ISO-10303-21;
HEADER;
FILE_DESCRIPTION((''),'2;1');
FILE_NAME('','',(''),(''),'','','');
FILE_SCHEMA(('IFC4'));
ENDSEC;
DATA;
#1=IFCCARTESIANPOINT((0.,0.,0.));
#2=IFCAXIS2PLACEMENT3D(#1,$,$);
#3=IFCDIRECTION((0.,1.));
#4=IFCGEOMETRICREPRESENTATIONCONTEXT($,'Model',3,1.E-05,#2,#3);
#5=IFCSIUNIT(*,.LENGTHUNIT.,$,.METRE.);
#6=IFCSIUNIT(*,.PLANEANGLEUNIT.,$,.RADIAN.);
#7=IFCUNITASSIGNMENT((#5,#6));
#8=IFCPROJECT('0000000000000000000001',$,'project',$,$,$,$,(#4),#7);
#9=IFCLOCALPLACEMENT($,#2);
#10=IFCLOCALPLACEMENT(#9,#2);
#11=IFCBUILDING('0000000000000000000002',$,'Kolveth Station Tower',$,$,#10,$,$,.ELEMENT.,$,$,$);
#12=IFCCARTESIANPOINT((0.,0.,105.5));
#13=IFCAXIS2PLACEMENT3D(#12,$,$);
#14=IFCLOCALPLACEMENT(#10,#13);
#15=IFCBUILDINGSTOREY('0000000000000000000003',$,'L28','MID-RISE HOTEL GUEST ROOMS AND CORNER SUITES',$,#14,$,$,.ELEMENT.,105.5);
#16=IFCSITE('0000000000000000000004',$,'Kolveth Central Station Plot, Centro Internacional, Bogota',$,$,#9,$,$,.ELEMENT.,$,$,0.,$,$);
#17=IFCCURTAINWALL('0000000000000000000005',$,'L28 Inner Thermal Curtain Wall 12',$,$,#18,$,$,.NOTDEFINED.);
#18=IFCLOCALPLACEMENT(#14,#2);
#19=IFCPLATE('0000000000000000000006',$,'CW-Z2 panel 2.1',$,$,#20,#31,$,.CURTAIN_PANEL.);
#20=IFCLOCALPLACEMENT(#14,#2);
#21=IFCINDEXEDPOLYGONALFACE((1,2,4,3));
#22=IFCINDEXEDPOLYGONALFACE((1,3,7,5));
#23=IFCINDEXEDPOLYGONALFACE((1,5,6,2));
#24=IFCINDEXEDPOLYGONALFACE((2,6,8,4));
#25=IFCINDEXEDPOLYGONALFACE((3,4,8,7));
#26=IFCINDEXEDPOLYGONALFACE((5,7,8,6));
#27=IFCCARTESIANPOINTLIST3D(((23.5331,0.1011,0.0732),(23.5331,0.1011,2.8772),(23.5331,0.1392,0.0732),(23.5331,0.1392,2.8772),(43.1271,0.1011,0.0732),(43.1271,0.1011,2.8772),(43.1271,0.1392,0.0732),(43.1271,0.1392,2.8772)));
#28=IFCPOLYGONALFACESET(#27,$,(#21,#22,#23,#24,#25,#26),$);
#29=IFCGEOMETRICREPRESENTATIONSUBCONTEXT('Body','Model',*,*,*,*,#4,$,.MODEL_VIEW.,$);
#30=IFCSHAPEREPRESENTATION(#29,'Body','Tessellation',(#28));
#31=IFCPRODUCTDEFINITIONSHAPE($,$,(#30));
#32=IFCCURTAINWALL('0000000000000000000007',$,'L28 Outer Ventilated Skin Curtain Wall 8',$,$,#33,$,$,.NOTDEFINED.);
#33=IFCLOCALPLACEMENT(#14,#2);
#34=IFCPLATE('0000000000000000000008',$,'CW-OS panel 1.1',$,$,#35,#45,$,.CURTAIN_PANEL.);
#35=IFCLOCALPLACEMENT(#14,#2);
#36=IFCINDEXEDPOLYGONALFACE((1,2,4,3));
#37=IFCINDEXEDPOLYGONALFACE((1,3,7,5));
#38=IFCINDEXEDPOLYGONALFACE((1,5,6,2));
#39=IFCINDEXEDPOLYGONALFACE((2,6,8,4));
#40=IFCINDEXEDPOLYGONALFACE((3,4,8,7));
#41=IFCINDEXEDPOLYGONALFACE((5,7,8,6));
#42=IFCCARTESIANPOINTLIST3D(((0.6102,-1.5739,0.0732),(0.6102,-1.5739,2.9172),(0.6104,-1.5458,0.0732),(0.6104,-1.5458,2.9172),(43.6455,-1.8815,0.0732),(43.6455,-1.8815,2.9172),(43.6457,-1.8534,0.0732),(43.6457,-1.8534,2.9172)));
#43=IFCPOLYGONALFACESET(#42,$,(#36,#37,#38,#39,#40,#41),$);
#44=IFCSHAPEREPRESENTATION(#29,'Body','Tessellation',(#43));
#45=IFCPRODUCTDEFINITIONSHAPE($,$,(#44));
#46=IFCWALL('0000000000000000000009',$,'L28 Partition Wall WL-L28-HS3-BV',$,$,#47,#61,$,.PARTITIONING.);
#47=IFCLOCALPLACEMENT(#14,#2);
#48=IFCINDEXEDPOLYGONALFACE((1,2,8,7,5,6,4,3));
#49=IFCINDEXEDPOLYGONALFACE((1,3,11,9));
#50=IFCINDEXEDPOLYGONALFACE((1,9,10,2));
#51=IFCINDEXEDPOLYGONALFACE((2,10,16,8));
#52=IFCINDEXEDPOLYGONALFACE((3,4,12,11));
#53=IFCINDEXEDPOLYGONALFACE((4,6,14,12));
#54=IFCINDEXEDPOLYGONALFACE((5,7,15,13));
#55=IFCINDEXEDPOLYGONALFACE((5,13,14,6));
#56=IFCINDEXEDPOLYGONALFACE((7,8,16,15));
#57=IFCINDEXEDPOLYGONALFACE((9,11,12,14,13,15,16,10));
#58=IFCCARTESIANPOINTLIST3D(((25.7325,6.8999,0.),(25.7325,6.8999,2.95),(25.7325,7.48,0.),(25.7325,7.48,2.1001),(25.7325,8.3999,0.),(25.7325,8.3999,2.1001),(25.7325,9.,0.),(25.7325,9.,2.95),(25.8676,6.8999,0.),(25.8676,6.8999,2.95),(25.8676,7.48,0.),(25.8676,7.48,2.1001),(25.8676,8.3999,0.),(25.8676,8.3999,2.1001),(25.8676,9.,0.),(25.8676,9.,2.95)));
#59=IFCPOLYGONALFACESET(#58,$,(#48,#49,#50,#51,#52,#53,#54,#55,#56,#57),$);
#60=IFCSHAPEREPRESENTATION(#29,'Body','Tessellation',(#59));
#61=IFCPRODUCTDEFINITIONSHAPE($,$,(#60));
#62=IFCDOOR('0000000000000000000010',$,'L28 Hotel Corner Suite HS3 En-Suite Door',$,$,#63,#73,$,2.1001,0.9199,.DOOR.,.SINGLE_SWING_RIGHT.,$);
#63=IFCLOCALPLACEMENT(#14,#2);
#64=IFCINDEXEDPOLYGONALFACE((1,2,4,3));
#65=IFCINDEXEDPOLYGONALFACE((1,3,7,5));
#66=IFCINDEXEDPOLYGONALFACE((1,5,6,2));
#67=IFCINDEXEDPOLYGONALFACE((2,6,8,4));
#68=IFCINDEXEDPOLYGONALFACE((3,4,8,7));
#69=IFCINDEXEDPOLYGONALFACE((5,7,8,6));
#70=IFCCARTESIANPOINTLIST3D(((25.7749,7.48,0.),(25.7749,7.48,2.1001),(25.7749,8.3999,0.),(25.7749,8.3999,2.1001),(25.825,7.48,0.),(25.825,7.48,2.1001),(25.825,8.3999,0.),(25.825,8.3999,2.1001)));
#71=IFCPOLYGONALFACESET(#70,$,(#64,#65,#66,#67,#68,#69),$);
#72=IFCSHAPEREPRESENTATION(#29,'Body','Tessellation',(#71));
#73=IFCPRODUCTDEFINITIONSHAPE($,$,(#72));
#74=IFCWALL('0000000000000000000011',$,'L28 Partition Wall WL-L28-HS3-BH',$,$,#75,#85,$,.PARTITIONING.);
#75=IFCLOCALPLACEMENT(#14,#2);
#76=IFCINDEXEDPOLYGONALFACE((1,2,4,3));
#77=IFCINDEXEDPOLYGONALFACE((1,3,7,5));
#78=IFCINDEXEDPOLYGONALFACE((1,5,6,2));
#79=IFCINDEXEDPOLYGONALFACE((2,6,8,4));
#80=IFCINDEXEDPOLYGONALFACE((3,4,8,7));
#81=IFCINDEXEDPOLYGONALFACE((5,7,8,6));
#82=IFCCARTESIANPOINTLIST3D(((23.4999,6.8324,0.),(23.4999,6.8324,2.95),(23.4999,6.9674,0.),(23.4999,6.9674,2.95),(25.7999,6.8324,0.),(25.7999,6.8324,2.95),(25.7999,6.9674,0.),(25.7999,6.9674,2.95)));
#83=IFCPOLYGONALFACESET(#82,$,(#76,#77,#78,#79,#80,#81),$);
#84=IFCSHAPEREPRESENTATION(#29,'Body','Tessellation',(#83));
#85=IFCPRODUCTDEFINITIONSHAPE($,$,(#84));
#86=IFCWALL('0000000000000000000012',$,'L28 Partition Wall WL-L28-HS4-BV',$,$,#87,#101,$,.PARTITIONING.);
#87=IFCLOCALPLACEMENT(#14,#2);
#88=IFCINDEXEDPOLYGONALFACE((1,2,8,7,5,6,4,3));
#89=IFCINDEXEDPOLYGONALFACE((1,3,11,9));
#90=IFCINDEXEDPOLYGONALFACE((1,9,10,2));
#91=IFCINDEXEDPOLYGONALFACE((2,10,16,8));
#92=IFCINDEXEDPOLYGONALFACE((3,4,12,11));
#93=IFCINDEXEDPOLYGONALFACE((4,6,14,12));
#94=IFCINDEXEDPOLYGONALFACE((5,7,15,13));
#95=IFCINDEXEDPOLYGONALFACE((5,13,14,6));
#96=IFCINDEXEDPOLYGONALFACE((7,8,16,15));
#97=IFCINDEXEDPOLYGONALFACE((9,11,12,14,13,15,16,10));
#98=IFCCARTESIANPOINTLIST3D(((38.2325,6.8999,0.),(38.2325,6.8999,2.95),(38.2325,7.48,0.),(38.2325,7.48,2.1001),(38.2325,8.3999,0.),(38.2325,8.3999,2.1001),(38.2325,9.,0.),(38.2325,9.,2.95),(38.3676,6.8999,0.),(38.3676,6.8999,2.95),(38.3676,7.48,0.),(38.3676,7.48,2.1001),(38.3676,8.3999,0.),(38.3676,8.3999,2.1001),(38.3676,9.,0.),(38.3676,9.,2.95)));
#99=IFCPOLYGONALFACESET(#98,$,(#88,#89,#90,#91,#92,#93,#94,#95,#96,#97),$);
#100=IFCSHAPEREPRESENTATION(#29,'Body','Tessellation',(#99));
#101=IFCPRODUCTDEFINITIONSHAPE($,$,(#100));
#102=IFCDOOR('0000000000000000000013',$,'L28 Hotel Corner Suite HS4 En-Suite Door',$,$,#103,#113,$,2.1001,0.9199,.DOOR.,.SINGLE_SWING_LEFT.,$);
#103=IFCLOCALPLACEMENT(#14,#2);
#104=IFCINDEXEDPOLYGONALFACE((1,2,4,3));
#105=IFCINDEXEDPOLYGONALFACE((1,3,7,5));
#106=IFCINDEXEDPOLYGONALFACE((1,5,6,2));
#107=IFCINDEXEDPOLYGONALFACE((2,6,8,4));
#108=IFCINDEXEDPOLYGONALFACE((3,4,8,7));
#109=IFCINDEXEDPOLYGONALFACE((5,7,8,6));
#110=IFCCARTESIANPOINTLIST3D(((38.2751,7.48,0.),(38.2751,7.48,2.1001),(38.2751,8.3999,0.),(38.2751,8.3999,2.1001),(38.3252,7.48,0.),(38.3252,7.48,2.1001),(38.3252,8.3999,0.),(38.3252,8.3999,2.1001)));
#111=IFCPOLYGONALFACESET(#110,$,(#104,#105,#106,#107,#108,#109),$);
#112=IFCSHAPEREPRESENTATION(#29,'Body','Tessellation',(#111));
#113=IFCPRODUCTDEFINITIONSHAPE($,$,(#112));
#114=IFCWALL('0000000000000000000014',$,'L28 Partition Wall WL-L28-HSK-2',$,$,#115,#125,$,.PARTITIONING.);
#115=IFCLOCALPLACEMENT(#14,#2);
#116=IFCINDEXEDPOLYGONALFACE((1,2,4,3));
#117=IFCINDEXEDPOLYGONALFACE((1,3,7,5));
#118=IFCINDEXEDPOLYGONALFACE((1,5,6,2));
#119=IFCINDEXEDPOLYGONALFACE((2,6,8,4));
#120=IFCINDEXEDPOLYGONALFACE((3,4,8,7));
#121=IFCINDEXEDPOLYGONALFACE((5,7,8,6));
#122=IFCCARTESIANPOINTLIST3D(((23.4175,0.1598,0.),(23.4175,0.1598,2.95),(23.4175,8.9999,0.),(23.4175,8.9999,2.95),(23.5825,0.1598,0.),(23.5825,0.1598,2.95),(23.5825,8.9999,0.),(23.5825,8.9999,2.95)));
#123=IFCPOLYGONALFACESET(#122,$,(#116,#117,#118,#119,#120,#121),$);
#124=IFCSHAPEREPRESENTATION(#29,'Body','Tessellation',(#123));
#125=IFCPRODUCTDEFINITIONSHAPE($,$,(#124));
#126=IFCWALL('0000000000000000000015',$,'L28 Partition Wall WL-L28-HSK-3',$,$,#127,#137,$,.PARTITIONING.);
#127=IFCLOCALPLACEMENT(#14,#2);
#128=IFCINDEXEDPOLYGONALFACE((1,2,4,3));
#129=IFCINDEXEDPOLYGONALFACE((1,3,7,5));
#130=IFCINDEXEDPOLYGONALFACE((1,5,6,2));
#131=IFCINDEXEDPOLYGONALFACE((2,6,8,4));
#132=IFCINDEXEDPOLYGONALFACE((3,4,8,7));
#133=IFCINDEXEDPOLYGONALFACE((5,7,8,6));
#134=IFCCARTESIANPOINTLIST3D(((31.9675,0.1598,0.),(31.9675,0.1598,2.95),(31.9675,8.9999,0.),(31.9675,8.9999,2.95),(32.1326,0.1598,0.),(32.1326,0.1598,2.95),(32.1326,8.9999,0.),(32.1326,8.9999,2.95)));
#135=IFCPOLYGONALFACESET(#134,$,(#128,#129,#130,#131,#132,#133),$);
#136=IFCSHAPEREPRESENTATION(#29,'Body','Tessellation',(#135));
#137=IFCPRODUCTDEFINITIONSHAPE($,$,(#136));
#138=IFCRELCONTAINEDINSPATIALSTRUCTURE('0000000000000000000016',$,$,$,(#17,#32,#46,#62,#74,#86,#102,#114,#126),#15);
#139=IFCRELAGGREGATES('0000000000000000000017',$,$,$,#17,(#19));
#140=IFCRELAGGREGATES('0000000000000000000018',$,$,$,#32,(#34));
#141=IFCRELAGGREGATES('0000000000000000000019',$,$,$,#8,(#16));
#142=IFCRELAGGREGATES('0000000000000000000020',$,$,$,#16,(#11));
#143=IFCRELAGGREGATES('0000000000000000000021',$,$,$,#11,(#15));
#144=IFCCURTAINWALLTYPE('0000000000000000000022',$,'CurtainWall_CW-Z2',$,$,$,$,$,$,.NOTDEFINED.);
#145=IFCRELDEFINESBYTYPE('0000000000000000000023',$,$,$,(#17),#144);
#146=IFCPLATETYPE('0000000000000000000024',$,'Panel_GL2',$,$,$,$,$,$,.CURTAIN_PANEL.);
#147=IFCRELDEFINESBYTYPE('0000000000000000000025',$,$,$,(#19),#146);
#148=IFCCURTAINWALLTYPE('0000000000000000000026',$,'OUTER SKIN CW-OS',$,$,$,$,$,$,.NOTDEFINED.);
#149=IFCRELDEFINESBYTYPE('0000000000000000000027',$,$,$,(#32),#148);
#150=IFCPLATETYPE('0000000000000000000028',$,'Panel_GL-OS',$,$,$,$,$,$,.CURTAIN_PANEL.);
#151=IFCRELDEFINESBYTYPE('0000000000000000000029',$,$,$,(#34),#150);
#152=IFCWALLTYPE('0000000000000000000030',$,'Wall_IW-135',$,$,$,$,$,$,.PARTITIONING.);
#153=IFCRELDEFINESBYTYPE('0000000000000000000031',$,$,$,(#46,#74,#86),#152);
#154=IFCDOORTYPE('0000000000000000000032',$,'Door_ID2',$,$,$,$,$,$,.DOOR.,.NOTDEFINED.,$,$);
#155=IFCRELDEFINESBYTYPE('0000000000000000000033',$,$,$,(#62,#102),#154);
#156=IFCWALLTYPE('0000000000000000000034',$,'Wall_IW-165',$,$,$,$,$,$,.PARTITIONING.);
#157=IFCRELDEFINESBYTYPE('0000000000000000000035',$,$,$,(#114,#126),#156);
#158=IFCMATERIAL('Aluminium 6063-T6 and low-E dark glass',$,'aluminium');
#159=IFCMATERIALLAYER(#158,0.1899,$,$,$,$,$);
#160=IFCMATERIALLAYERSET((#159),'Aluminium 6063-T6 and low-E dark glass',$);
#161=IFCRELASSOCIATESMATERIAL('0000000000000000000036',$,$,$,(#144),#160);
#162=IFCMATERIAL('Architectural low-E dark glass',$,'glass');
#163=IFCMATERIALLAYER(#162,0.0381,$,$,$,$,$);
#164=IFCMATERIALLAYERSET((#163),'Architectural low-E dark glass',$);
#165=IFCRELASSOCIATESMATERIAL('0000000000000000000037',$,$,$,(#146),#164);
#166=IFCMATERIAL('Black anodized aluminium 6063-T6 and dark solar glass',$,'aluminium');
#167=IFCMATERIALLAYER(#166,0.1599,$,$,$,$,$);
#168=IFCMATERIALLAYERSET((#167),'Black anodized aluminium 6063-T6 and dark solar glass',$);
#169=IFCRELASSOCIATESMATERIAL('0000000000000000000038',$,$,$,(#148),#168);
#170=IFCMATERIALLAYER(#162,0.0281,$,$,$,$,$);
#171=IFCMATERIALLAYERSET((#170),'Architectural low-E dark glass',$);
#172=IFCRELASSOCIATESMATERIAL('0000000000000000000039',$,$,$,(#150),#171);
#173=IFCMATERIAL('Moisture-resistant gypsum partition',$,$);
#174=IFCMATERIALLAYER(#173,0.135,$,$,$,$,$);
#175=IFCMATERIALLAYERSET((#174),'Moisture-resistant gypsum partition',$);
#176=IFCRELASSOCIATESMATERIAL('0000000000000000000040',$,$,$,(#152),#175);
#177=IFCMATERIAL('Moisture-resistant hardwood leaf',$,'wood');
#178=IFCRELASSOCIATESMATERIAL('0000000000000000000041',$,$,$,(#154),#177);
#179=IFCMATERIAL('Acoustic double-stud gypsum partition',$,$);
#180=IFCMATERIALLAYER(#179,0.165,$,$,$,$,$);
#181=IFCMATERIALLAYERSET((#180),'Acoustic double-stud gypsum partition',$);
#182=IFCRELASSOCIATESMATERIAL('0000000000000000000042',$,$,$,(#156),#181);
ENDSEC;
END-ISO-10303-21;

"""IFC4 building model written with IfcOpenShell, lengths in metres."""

from ifc_helpers import new_model, si_unit, direction, frame, frame_2d, origin, origin_2d, place, context, subcontext, project, spatial, rectangle, extrude, source, transform, mapped, material, layer, layer_set, type_object, element, fill, aggregate, save


model = new_model("IFC4")

# Units and contexts
model_context = context("Model", 3, precision=1e-05, world=origin(), true_north=direction((0.0, 1.0)))
body_context = subcontext(model_context, "Body", "Model", "MODEL_VIEW")
ifc_project = project(units=[si_unit("LENGTHUNIT", "METRE"), si_unit("PLANEANGLEUNIT", "RADIAN")], contexts=[model_context])

# Site, building, storey
site_placement = place(None, origin())
site = spatial("IfcSite", under=ifc_project, at=site_placement, Name="Kolveth Central Station Plot, Centro Internacional, Bogota", CompositionType="ELEMENT", RefElevation=0.0)
building_placement = place(site_placement, origin())
building = spatial("IfcBuilding", under=site, at=building_placement, Name="Kolveth Station Tower", CompositionType="ELEMENT")
storey_placement = place(building_placement, frame((0.0, 0.0, 105.5)))
storey = spatial("IfcBuildingStorey", under=building, at=storey_placement, Name="L28", Description="MID-RISE HOTEL GUEST ROOMS AND CORNER SUITES", CompositionType="ELEMENT", Elevation=105.5)

# Curtain wall, plate
ifc_material_1 = material(Name="Aluminium 6063-T6 and low-E dark glass", Category="aluminium")
ifc_layer_1 = layer(ifc_material_1, 0.1899)
ifc_layer_set_1 = layer_set([ifc_layer_1], Name="Aluminium 6063-T6 and low-E dark glass")
curtain_wall_type_1 = type_object("IfcCurtainWallType", Name="CurtainWall_CW-Z2", PredefinedType="NOTDEFINED", material=ifc_layer_set_1)
curtain_wall_1_placement = place(storey_placement, origin())
curtain_wall_1 = element("IfcCurtainWall", 1, at=curtain_wall_1_placement, inside=storey, type_object=curtain_wall_type_1, Name="L28 Inner Thermal Curtain Wall 12", PredefinedType="NOTDEFINED")
ifc_material_2 = material(Name="Architectural low-E dark glass", Category="glass")
ifc_layer_2 = layer(ifc_material_2, 0.0381)
ifc_layer_set_2 = layer_set([ifc_layer_2], Name="Architectural low-E dark glass")
plate_type_1 = type_object("IfcPlateType", Name="Panel_GL2", PredefinedType="CURTAIN_PANEL", material=ifc_layer_set_2)
shared_shape_1 = source(origin(), body_context, "Body", "SweptSolid", [
    extrude(rectangle(XDim=19.594, YDim=0.0381, at=origin_2d()), origin(), (0.0, 0.0, 1.0), 2.804),
])
plate_1_placement = place(storey_placement, frame((33.3301, 0.1201, 0.0732), z_axis=(0.0, 0.0, 1.0), x_axis=(1.0, 0.0, 0.0)))
plate_1 = element("IfcPlate", 2, at=plate_1_placement, type_object=plate_type_1, Name="CW-Z2 panel 2.1", PredefinedType="CURTAIN_PANEL", context=body_context, shape_type="MappedRepresentation", body=[
    mapped(shared_shape_1, transform((0.0, 0.0, 0.0), x_axis=(1.0, 0.0, 0.0), y_axis=(0.0, 1.0, 0.0), z_axis=(0.0, 0.0, 1.0), scale=1.0)),
])
aggregate(curtain_wall_1, [plate_1])

# Curtain wall, plate
ifc_material_3 = material(Name="Black anodized aluminium 6063-T6 and dark solar glass", Category="aluminium")
ifc_layer_3 = layer(ifc_material_3, 0.1599)
ifc_layer_set_3 = layer_set([ifc_layer_3], Name="Black anodized aluminium 6063-T6 and dark solar glass")
curtain_wall_type_2 = type_object("IfcCurtainWallType", Name="OUTER SKIN CW-OS", PredefinedType="NOTDEFINED", material=ifc_layer_set_3)
curtain_wall_2_placement = place(storey_placement, origin())
curtain_wall_2 = element("IfcCurtainWall", 3, at=curtain_wall_2_placement, inside=storey, type_object=curtain_wall_type_2, Name="L28 Outer Ventilated Skin Curtain Wall 8", PredefinedType="NOTDEFINED")
ifc_layer_4 = layer(ifc_material_2, 0.0281)
ifc_layer_set_4 = layer_set([ifc_layer_4], Name="Architectural low-E dark glass")
plate_type_2 = type_object("IfcPlateType", Name="Panel_GL-OS", PredefinedType="CURTAIN_PANEL", material=ifc_layer_set_4)
shared_shape_2 = source(origin(), body_context, "Body", "SweptSolid", [
    extrude(rectangle(XDim=43.0364, YDim=0.0281, at=origin_2d()), origin(), (0.0, 0.0, 1.0), 2.844),
])
plate_2_placement = place(storey_placement, frame((22.1279, -1.7136, 0.0732), z_axis=(0.0, 0.0, 1.0), x_axis=(0.999974, -0.007148, 0.0)))
plate_2 = element("IfcPlate", 4, at=plate_2_placement, type_object=plate_type_2, Name="CW-OS panel 1.1", PredefinedType="CURTAIN_PANEL", context=body_context, shape_type="MappedRepresentation", body=[
    mapped(shared_shape_2, transform((0.0, 0.0, 0.0), x_axis=(1.0, 0.0, 0.0), y_axis=(0.0, 1.0, 0.0), z_axis=(0.0, 0.0, 1.0), scale=1.0)),
])
aggregate(curtain_wall_2, [plate_2])

# Wall, opening, door
ifc_material_4 = material(Name="Moisture-resistant gypsum partition")
ifc_layer_5 = layer(ifc_material_4, 0.135)
ifc_layer_set_5 = layer_set([ifc_layer_5], Name="Moisture-resistant gypsum partition")
wall_type_1 = type_object("IfcWallType", Name="Wall_IW-135", PredefinedType="PARTITIONING", material=ifc_layer_set_5)
wall_1_placement = place(storey_placement, frame((25.8, 6.8999, 0.0), z_axis=(0.0, 0.0, 1.0), x_axis=(0.0, 1.0, 0.0)))
wall_1 = element("IfcWall", 5, at=wall_1_placement, inside=storey, type_object=wall_type_1, Name="L28 Partition Wall WL-L28-HS3-BV", PredefinedType="PARTITIONING", context=body_context, shape_type="SweptSolid", body=[
    extrude(rectangle(XDim=2.1001, YDim=0.135, at=frame_2d((1.05, 0.0))), origin(), (0.0, 0.0, 1.0), 2.95),
])
opening_1_placement = place(wall_1_placement, frame((0.5801, 0.0, 0.0)))
opening_1 = element("IfcOpeningElement", 6, at=opening_1_placement, cuts=wall_1, PredefinedType="OPENING", context=body_context, shape_type="SweptSolid", body=[
    extrude(rectangle(XDim=0.9199, YDim=2.1001, at=frame_2d((0.46, 1.05))), frame((0.0, 0.0774, 0.0), z_axis=(0.0, -1.0, 0.0), x_axis=(1.0, 0.0, 0.0)), (0.0, 0.0, 1.0), 0.155),
])
ifc_material_5 = material(Name="Moisture-resistant hardwood leaf", Category="wood")
door_type = type_object("IfcDoorType", Name="Door_ID2", OperationType="NOTDEFINED", PredefinedType="DOOR", material=ifc_material_5)
door_1_placement = place(opening_1_placement, frame((0.9199, 0.0, 0.0), z_axis=(0.0, 0.0, 1.0), x_axis=(-1.0, 0.0, 0.0)))
door_1 = element("IfcDoor", 7, at=door_1_placement, inside=storey, type_object=door_type, Name="L28 Hotel Corner Suite HS3 En-Suite Door", OperationType="SINGLE_SWING_RIGHT", OverallHeight=2.1001, OverallWidth=0.9199, PredefinedType="DOOR", context=body_context, shape_type="SweptSolid", body=[
    extrude(rectangle(XDim=0.9199, YDim=2.1001, at=frame_2d((0.46, 1.05))), frame((0.0, 0.0249, 0.0), z_axis=(0.0, -1.0, 0.0), x_axis=(1.0, 0.0, 0.0)), (0.0, 0.0, 1.0), 0.05),
])
fill(opening_1, door_1)

# Wall
wall_2_placement = place(storey_placement, frame((23.5, 6.8999, 0.0), z_axis=(0.0, 0.0, 1.0), x_axis=(1.0, 0.0, 0.0)))
element("IfcWall", 8, at=wall_2_placement, inside=storey, type_object=wall_type_1, Name="L28 Partition Wall WL-L28-HS3-BH", PredefinedType="PARTITIONING", context=body_context, shape_type="SweptSolid", body=[
    extrude(rectangle(XDim=2.3, YDim=0.135, at=frame_2d((1.1499, 0.0))), origin(), (0.0, 0.0, 1.0), 2.95),
])

# Wall, opening, door
wall_3_placement = place(storey_placement, frame((38.3, 6.8999, 0.0), z_axis=(0.0, 0.0, 1.0), x_axis=(0.0, 1.0, 0.0)))
wall_3 = element("IfcWall", 9, at=wall_3_placement, inside=storey, type_object=wall_type_1, Name="L28 Partition Wall WL-L28-HS4-BV", PredefinedType="PARTITIONING", context=body_context, shape_type="SweptSolid", body=[
    extrude(rectangle(XDim=2.1001, YDim=0.135, at=frame_2d((1.05, 0.0))), origin(), (0.0, 0.0, 1.0), 2.95),
])
opening_2_placement = place(wall_3_placement, frame((0.5801, 0.0, 0.0)))
opening_2 = element("IfcOpeningElement", 10, at=opening_2_placement, cuts=wall_3, PredefinedType="OPENING", context=body_context, shape_type="SweptSolid", body=[
    extrude(rectangle(XDim=0.9199, YDim=2.1001, at=frame_2d((0.46, 1.05))), frame((0.0, 0.0774, 0.0), z_axis=(0.0, -1.0, 0.0), x_axis=(1.0, 0.0, 0.0)), (0.0, 0.0, 1.0), 0.155),
])
door_2_placement = place(opening_2_placement, origin())
door_2 = element("IfcDoor", 11, at=door_2_placement, inside=storey, type_object=door_type, Name="L28 Hotel Corner Suite HS4 En-Suite Door", OperationType="SINGLE_SWING_LEFT", OverallHeight=2.1001, OverallWidth=0.9199, PredefinedType="DOOR", context=body_context, shape_type="SweptSolid", body=[
    extrude(rectangle(XDim=0.9199, YDim=2.1001, at=frame_2d((0.46, 1.05))), frame((0.0, 0.0249, 0.0), z_axis=(0.0, -1.0, 0.0), x_axis=(1.0, 0.0, 0.0)), (0.0, 0.0, 1.0), 0.05),
])
fill(opening_2, door_2)

# Walls
ifc_material_6 = material(Name="Acoustic double-stud gypsum partition")
ifc_layer_6 = layer(ifc_material_6, 0.165)
ifc_layer_set_6 = layer_set([ifc_layer_6], Name="Acoustic double-stud gypsum partition")
wall_type_2 = type_object("IfcWallType", Name="Wall_IW-165", PredefinedType="PARTITIONING", material=ifc_layer_set_6)
for number, where, z_axis, x_axis, name in (
    (12, (23.5, 0.1599, 0.0), (0.0, 0.0, 1.0), (0.0, 1.0, 0.0), "L28 Partition Wall WL-L28-HSK-2"),
    (13, (32.05, 0.1599, 0.0), (0.0, 0.0, 1.0), (0.0, 1.0, 0.0), "L28 Partition Wall WL-L28-HSK-3"),
):
    element("IfcWall", number, at=place(storey_placement, frame(where, z_axis=z_axis, x_axis=x_axis)), inside=storey, type_object=wall_type_2, Name=name, PredefinedType="PARTITIONING", context=body_context, shape_type="SweptSolid", body=[
        extrude(rectangle(XDim=8.8401, YDim=0.165, at=frame_2d((4.4199, 0.0))), origin(), (0.0, 0.0, 1.0), 2.95),
    ])

save(model, "model.ifc")
